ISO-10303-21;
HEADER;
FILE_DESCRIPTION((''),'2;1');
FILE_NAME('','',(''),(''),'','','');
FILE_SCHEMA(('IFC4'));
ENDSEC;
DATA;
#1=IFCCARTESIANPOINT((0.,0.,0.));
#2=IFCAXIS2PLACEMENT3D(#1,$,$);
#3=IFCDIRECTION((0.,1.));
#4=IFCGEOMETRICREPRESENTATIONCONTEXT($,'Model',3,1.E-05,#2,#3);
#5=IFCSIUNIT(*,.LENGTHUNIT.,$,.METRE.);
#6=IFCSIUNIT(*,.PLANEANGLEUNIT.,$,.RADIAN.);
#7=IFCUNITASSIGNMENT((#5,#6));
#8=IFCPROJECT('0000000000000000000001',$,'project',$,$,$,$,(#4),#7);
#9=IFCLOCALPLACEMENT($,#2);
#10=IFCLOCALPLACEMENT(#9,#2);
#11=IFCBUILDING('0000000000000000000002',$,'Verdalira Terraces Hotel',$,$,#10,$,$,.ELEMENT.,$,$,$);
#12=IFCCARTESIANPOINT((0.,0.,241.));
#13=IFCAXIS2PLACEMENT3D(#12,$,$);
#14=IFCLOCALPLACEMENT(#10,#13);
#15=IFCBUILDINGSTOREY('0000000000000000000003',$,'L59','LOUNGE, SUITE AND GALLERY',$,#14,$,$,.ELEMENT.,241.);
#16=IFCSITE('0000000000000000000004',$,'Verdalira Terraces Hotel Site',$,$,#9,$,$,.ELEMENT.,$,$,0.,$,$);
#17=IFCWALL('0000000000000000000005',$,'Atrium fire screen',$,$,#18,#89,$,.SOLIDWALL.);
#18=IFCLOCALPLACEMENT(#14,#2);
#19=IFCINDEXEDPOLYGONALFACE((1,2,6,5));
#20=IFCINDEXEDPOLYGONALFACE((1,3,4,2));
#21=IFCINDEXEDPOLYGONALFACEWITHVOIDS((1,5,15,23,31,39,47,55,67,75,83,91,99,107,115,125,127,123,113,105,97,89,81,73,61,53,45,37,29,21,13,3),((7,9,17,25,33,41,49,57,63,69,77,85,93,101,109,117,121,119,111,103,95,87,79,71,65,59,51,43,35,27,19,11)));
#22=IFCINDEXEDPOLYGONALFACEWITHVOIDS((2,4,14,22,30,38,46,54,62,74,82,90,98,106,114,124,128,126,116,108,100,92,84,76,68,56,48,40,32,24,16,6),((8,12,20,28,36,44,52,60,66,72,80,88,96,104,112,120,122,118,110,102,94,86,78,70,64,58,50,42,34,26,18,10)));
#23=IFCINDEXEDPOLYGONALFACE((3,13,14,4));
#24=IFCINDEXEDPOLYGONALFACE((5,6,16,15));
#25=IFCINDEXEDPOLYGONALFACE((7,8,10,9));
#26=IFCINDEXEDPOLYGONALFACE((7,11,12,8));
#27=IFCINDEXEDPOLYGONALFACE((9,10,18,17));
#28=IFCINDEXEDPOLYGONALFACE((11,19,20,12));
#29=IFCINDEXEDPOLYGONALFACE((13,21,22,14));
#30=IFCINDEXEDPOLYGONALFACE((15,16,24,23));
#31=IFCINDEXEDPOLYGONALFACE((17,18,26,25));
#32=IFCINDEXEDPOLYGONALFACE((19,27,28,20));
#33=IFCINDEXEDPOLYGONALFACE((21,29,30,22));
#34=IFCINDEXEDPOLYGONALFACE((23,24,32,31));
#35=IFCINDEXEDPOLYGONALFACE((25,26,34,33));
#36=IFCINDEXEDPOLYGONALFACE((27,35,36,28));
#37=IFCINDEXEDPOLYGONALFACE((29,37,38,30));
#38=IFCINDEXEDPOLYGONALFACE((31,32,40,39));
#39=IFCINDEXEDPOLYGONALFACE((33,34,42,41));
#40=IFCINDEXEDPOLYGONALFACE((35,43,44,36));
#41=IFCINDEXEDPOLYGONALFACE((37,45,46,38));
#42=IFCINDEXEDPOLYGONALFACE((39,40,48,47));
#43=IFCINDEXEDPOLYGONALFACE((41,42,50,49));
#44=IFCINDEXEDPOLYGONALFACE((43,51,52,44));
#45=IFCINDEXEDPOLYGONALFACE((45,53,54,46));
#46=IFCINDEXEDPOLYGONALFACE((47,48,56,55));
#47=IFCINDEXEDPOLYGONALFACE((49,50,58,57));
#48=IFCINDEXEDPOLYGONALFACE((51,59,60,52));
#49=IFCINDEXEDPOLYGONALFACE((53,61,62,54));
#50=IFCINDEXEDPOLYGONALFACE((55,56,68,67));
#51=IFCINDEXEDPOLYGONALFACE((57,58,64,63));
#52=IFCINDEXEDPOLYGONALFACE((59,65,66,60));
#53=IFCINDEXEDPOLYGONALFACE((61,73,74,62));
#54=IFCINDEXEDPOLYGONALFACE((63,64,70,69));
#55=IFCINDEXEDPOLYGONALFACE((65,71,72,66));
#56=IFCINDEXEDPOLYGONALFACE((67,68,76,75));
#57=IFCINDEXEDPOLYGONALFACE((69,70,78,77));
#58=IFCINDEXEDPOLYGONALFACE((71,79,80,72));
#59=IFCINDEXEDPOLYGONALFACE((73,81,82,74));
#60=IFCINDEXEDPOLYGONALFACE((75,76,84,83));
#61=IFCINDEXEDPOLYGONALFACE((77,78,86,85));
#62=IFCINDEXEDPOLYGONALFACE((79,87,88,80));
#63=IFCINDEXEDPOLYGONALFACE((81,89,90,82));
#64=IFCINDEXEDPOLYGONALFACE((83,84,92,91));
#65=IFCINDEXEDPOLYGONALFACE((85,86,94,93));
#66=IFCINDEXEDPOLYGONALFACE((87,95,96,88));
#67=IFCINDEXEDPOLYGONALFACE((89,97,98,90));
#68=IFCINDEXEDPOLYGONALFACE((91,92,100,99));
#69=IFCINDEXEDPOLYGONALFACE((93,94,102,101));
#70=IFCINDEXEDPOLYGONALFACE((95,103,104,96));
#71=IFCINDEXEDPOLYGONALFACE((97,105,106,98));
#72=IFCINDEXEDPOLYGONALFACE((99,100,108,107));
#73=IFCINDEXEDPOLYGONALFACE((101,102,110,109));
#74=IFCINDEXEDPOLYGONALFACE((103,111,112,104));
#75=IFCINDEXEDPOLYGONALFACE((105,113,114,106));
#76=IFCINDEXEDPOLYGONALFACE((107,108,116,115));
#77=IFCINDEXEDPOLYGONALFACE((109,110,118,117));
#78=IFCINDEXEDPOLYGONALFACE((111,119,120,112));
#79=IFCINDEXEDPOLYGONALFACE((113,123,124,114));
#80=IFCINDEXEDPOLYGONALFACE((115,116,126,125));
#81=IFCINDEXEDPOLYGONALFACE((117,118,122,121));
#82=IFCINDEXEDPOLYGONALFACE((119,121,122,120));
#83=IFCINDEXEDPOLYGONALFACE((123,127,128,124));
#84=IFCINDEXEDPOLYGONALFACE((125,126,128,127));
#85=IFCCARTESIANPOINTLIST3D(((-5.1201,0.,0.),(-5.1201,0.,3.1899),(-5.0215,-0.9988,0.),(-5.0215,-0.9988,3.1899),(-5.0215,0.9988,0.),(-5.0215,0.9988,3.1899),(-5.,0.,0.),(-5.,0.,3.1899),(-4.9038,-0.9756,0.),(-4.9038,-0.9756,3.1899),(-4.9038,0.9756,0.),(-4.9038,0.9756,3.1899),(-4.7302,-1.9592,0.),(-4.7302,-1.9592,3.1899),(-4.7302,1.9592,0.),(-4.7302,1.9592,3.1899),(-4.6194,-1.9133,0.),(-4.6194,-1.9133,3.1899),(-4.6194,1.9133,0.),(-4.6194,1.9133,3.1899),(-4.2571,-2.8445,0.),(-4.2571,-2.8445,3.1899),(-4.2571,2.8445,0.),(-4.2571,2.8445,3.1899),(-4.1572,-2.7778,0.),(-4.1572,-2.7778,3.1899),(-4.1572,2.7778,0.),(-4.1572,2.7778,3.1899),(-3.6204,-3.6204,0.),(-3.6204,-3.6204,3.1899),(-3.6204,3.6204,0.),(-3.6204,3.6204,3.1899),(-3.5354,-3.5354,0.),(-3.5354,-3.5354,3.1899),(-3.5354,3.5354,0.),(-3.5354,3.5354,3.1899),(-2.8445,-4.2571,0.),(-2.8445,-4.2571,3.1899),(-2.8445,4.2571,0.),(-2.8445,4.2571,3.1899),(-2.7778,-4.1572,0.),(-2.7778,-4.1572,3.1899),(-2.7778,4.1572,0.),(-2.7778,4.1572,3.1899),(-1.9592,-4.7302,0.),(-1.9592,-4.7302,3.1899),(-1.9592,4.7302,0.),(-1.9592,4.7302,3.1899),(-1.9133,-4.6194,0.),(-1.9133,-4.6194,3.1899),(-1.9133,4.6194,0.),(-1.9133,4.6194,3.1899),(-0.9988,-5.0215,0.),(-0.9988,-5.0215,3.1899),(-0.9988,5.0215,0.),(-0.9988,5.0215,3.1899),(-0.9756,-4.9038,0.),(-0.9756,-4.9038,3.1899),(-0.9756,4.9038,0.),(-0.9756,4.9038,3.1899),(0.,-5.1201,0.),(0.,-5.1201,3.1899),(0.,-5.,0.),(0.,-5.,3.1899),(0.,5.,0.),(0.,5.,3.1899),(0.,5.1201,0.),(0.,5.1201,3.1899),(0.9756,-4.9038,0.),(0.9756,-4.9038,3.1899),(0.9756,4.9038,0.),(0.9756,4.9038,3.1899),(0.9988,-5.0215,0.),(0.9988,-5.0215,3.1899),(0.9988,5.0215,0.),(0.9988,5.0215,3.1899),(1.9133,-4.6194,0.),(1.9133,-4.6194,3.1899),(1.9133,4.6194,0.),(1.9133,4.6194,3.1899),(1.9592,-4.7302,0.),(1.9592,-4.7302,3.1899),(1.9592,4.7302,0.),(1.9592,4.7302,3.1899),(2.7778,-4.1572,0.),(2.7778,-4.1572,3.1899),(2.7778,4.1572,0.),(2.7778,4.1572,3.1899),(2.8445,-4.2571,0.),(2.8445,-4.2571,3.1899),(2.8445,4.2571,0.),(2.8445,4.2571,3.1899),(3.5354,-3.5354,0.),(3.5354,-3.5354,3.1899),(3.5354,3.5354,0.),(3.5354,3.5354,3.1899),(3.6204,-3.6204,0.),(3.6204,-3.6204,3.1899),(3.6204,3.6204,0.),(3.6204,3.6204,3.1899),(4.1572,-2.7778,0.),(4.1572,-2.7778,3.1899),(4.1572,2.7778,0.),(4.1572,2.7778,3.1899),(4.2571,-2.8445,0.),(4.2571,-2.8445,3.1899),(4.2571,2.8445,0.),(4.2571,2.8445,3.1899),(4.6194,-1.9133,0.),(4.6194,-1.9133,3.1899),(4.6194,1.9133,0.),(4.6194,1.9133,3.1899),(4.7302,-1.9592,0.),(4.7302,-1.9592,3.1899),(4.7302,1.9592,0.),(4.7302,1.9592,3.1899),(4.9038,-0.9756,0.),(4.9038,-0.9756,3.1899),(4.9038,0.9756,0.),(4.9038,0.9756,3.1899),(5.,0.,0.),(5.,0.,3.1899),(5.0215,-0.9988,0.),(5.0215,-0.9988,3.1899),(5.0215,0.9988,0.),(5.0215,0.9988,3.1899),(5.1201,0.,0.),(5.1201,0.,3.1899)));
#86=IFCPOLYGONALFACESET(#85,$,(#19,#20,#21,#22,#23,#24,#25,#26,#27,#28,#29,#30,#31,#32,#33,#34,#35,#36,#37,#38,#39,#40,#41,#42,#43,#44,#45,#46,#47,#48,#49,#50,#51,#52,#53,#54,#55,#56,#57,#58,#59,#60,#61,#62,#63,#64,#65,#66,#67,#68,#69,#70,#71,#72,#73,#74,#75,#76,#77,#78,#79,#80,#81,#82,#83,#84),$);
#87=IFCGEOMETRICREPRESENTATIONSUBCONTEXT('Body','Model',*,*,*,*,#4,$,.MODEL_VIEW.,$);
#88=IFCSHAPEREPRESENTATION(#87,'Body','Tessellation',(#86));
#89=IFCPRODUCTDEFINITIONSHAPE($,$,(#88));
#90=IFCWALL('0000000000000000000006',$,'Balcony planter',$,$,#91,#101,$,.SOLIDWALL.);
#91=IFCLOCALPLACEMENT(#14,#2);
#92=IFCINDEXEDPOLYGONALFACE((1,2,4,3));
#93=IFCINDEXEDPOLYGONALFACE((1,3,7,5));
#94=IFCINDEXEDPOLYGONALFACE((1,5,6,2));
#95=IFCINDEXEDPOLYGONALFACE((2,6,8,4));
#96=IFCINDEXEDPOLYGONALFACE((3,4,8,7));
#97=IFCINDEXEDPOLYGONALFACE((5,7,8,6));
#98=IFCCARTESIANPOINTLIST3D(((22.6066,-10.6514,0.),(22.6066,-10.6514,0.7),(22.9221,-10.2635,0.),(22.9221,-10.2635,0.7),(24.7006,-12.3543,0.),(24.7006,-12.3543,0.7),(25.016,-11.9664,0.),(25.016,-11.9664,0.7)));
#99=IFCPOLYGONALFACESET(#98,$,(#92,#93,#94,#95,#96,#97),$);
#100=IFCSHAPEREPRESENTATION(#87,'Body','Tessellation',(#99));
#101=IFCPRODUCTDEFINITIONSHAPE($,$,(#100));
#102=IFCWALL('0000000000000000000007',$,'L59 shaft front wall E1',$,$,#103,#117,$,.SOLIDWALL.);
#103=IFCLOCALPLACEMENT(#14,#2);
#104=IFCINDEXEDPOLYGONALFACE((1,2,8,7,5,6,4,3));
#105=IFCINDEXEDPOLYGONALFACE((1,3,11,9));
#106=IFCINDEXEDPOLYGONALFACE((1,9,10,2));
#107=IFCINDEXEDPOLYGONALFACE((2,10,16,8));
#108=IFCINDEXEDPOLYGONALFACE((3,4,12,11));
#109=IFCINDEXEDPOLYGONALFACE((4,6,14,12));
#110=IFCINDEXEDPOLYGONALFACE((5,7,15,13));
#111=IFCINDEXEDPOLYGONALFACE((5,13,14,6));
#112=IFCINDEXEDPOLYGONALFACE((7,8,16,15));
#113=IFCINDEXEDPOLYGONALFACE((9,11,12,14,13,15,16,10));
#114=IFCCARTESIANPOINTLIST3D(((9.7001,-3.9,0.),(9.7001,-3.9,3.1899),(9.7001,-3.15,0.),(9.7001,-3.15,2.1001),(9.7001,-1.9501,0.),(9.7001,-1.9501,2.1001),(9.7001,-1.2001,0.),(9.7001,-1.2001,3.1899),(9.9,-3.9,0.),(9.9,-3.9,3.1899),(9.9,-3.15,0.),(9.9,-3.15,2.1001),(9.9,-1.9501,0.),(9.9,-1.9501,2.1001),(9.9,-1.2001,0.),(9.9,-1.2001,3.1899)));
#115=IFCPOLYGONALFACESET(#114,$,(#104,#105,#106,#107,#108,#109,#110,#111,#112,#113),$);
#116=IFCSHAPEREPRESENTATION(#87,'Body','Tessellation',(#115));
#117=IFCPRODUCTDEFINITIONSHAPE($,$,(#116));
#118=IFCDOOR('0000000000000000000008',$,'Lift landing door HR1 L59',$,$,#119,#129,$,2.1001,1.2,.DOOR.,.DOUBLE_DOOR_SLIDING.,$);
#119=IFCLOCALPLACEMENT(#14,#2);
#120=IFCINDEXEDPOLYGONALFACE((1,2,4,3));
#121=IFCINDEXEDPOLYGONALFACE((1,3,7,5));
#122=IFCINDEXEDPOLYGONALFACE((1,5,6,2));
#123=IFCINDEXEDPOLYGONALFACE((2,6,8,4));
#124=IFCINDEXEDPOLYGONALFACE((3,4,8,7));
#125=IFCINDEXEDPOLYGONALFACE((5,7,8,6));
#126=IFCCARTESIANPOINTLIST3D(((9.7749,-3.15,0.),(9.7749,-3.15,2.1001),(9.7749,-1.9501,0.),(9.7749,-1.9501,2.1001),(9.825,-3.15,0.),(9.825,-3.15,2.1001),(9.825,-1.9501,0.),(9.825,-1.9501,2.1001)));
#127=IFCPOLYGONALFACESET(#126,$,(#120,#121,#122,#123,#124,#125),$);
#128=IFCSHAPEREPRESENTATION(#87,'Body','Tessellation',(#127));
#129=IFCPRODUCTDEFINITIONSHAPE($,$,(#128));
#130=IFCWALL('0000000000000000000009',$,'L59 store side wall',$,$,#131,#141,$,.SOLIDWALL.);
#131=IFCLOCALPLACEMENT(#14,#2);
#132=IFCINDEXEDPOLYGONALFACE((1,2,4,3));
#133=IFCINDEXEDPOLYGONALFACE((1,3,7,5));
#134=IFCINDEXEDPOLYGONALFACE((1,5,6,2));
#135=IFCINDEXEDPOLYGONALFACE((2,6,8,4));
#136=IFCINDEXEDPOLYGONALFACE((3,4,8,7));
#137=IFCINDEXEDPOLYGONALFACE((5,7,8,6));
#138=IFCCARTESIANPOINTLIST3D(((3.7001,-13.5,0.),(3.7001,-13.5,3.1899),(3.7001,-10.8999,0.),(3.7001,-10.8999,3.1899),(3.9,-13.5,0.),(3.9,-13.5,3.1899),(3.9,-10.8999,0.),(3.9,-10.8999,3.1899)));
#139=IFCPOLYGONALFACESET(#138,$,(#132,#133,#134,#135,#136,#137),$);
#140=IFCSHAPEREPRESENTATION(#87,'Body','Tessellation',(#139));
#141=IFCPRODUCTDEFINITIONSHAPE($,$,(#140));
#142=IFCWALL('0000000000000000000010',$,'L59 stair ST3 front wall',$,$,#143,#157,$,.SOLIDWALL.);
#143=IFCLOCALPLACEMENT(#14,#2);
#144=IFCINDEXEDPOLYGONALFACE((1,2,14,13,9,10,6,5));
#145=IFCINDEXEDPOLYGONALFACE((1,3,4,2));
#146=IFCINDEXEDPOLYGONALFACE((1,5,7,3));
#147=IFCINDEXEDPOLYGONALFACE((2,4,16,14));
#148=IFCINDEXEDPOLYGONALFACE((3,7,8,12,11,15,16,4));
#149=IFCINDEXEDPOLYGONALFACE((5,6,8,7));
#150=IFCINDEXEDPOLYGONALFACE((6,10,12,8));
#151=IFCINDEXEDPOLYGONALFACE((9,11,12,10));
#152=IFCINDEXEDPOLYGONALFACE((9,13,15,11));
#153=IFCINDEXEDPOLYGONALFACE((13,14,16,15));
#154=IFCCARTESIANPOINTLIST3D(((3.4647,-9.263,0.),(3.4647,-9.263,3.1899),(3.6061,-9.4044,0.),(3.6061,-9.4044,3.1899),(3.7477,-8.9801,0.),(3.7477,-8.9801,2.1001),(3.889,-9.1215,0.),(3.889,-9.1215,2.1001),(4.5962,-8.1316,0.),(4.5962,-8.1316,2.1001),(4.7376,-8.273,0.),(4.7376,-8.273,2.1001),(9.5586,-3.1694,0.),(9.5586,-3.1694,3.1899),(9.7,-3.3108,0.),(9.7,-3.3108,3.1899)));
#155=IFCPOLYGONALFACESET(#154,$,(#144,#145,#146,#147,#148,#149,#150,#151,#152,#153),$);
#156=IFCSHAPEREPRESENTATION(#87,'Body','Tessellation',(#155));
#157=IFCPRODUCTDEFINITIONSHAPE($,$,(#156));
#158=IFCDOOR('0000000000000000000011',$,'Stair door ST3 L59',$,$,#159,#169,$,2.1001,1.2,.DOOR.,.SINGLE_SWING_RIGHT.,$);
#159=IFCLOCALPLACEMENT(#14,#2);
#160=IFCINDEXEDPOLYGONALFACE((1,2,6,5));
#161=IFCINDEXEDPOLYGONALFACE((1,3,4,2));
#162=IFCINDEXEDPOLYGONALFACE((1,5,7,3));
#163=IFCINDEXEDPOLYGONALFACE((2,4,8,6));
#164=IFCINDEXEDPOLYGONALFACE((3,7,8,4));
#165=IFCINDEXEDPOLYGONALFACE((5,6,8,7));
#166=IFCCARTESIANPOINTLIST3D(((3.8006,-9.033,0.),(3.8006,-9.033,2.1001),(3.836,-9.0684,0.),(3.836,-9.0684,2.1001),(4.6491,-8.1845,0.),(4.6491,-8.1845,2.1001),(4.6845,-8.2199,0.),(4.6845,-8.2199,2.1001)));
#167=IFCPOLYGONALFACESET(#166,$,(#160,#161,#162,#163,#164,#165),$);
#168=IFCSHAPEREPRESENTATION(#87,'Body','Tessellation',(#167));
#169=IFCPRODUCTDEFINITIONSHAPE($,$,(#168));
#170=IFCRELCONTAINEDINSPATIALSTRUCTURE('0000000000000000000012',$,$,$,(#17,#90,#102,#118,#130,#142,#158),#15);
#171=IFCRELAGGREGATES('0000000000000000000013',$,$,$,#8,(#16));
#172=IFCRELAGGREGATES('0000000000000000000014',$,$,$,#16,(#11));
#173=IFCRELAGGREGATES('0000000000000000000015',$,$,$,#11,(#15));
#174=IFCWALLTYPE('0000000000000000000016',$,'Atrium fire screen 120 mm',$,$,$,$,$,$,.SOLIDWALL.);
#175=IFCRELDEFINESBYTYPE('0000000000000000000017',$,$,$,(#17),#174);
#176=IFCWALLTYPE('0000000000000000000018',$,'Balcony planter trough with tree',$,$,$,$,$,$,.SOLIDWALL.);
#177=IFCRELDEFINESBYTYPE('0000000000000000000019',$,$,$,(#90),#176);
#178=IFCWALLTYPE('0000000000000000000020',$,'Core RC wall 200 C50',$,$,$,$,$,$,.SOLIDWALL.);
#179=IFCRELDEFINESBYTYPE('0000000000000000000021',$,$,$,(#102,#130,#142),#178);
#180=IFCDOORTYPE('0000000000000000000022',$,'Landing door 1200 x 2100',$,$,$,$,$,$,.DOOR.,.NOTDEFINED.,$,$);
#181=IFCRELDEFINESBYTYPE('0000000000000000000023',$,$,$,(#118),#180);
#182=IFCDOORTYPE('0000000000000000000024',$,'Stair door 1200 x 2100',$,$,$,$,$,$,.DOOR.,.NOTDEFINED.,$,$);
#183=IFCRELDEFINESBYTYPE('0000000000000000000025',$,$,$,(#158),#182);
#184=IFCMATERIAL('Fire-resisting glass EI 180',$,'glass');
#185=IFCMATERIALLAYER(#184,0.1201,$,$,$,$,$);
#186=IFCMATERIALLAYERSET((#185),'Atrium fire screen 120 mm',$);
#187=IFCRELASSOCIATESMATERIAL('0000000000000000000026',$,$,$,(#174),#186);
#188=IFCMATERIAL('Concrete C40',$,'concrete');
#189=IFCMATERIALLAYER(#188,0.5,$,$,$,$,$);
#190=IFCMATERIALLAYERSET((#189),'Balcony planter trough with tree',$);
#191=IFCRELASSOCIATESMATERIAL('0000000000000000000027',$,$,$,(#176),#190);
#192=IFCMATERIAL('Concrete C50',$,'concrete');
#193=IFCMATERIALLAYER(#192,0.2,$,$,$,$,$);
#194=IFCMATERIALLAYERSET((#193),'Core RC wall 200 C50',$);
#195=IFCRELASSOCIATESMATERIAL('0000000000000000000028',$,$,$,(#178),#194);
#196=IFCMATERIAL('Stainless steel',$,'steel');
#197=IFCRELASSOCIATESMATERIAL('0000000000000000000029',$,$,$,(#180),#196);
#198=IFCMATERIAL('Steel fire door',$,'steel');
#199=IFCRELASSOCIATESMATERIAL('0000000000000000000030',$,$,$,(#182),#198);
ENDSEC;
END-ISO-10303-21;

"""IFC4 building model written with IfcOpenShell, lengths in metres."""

from ifc_helpers import new_model, si_unit, direction, frame, frame_2d, origin, place, context, subcontext, project, spatial, polyline, rectangle, outline, extrude, material, layer, layer_set, type_object, element, fill, save


model = new_model("IFC4")

# Units and contexts
model_context = context("Model", 3, precision=1e-05, world=origin(), true_north=direction((0.0, 1.0)))
body_context = subcontext(model_context, "Body", "Model", "MODEL_VIEW")
ifc_project = project(units=[si_unit("LENGTHUNIT", "METRE"), si_unit("PLANEANGLEUNIT", "RADIAN")], contexts=[model_context])

# Site, building, storey
site_placement = place(None, origin())
site = spatial("IfcSite", under=ifc_project, at=site_placement, Name="Verdalira Terraces Hotel Site", CompositionType="ELEMENT", RefElevation=0.0)
building_placement = place(site_placement, origin())
building = spatial("IfcBuilding", under=site, at=building_placement, Name="Verdalira Terraces Hotel", CompositionType="ELEMENT")
storey_placement = place(building_placement, frame((0.0, 0.0, 241.0)))
storey = spatial("IfcBuildingStorey", under=building, at=storey_placement, Name="L59", Description="LOUNGE, SUITE AND GALLERY", CompositionType="ELEMENT", Elevation=241.0)

# Walls
ifc_material_1 = material(Name="Fire-resisting glass EI 180", Category="glass")
ifc_layer_1 = layer(ifc_material_1, 0.1201)
ifc_layer_set_1 = layer_set([ifc_layer_1], Name="Atrium fire screen 120 mm")
wall_type_1 = type_object("IfcWallType", Name="Atrium fire screen 120 mm", PredefinedType="SOLIDWALL", material=ifc_layer_set_1)
wall_1_placement = place(storey_placement, origin())
element("IfcWall", 1, at=wall_1_placement, inside=storey, type_object=wall_type_1, Name="Atrium fire screen", PredefinedType="SOLIDWALL", context=body_context, shape_type="SweptSolid", body=[
    extrude(outline(polyline([(5.0215, -0.9988), (4.7302, -1.9592), (4.2571, -2.8445), (3.6204, -3.6204), (2.8445, -4.2571), (1.9592, -4.7302), (0.9988, -5.0215), (0.0, -5.1201), (-0.9988, -5.0215), (-1.9592, -4.7302), (-2.8445, -4.2571), (-3.6204, -3.6204), (-4.2571, -2.8445), (-4.7302, -1.9592), (-5.0215, -0.9988), (-5.1201, 0.0), (-5.0215, 0.9988), (-4.7302, 1.9592), (-4.2571, 2.8445), (-3.6204, 3.6204), (-2.8445, 4.2571), (-1.9592, 4.7302), (-0.9988, 5.0215), (0.0, 5.1201), (0.9988, 5.0215), (1.9592, 4.7302), (2.8445, 4.2571), (3.6204, 3.6204), (4.2571, 2.8445), (4.7302, 1.9592), (5.0215, 0.9988), (5.1201, 0.0), (5.0215, -0.9988)]), holes=[polyline([(4.9038, 0.9756), (4.6194, 1.9133), (4.1572, 2.7778), (3.5354, 3.5354), (2.7778, 4.1572), (1.9133, 4.6194), (0.9756, 4.9038), (0.0, 5.0), (-0.9756, 4.9038), (-1.9133, 4.6194), (-2.7778, 4.1572), (-3.5354, 3.5354), (-4.1572, 2.7778), (-4.6194, 1.9133), (-4.9038, 0.9756), (-5.0, 0.0), (-4.9038, -0.9756), (-4.6194, -1.9133), (-4.1572, -2.7778), (-3.5354, -3.5354), (-2.7778, -4.1572), (-1.9133, -4.6194), (-0.9756, -4.9038), (0.0, -5.0), (0.9756, -4.9038), (1.9133, -4.6194), (2.7778, -4.1572), (3.5354, -3.5354), (4.1572, -2.7778), (4.6194, -1.9133), (4.9038, -0.9756), (5.0, 0.0), (4.9038, 0.9756)])]), origin(), (0.0, 0.0, 1.0), 3.1899),
])
ifc_material_2 = material(Name="Concrete C40", Category="concrete")
ifc_layer_2 = layer(ifc_material_2, 0.5)
ifc_layer_set_2 = layer_set([ifc_layer_2], Name="Balcony planter trough with tree")
wall_type_2 = type_object("IfcWallType", Name="Balcony planter trough with tree", PredefinedType="SOLIDWALL", material=ifc_layer_set_2)
wall_2_placement = place(storey_placement, frame((24.8584, -12.1604, 0.0), z_axis=(0.0, 0.0, 1.0), x_axis=(-0.77584, 0.63093, 0.0)))
element("IfcWall", 2, at=wall_2_placement, inside=storey, type_object=wall_type_2, Name="Balcony planter", PredefinedType="SOLIDWALL", context=body_context, shape_type="SweptSolid", body=[
    extrude(rectangle(XDim=2.699, YDim=0.5, at=frame_2d((1.3496, 0.0))), origin(), (0.0, 0.0, 1.0), 0.7),
])

# Wall, opening, door
ifc_material_3 = material(Name="Concrete C50", Category="concrete")
ifc_layer_3 = layer(ifc_material_3, 0.2)
ifc_layer_set_3 = layer_set([ifc_layer_3], Name="Core RC wall 200 C50")
wall_type_3 = type_object("IfcWallType", Name="Core RC wall 200 C50", PredefinedType="SOLIDWALL", material=ifc_layer_set_3)
wall_3_placement = place(storey_placement, frame((9.8, -1.2, 0.0), z_axis=(0.0, 0.0, 1.0), x_axis=(0.0, -1.0, 0.0)))
wall_3 = element("IfcWall", 3, at=wall_3_placement, inside=storey, type_object=wall_type_3, Name="L59 shaft front wall E1", PredefinedType="SOLIDWALL", context=body_context, shape_type="SweptSolid", body=[
    extrude(rectangle(XDim=2.7, YDim=0.2, at=frame_2d((1.3501, 0.0))), origin(), (0.0, 0.0, 1.0), 3.1899),
])
opening_1_placement = place(wall_3_placement, frame((0.75, 0.0, 0.0)))
opening_1 = element("IfcOpeningElement", 4, at=opening_1_placement, cuts=wall_3, PredefinedType="OPENING", context=body_context, shape_type="SweptSolid", body=[
    extrude(rectangle(XDim=1.2, YDim=2.1001, at=frame_2d((0.6001, 1.05))), frame((0.0, 0.1099, 0.0), z_axis=(0.0, -1.0, 0.0), x_axis=(1.0, 0.0, 0.0)), (0.0, 0.0, 1.0), 0.22),
])
ifc_material_4 = material(Name="Stainless steel", Category="steel")
door_type_1 = type_object("IfcDoorType", Name="Landing door 1200 x 2100", OperationType="NOTDEFINED", PredefinedType="DOOR", material=ifc_material_4)
door_1_placement = place(opening_1_placement, origin())
door_1 = element("IfcDoor", 5, at=door_1_placement, inside=storey, type_object=door_type_1, Name="Lift landing door HR1 L59", OperationType="DOUBLE_DOOR_SLIDING", OverallHeight=2.1001, OverallWidth=1.2, PredefinedType="DOOR", context=body_context, shape_type="SweptSolid", body=[
    extrude(rectangle(XDim=1.2, YDim=2.1001, at=frame_2d((0.6001, 1.05))), frame((0.0, 0.0249, 0.0), z_axis=(0.0, -1.0, 0.0), x_axis=(1.0, 0.0, 0.0)), (0.0, 0.0, 1.0), 0.05),
])
fill(opening_1, door_1)

# Wall
wall_4_placement = place(storey_placement, frame((3.8, -10.8999, 0.0), z_axis=(0.0, 0.0, 1.0), x_axis=(0.0, -1.0, 0.0)))
element("IfcWall", 6, at=wall_4_placement, inside=storey, type_object=wall_type_3, Name="L59 store side wall", PredefinedType="SOLIDWALL", context=body_context, shape_type="SweptSolid", body=[
    extrude(rectangle(XDim=2.6001, YDim=0.2, at=frame_2d((1.3, 0.0))), origin(), (0.0, 0.0, 1.0), 3.1899),
])

# Wall, opening, door
wall_5_placement = place(storey_placement, frame((9.6294, -3.24, 0.0), z_axis=(0.0, 0.0, 1.0), x_axis=(-0.707121, -0.707093, 0.0)))
wall_5 = element("IfcWall", 7, at=wall_5_placement, inside=storey, type_object=wall_type_3, Name="L59 stair ST3 front wall", PredefinedType="SOLIDWALL", context=body_context, shape_type="SweptSolid", body=[
    extrude(rectangle(XDim=8.6179, YDim=0.2, at=frame_2d((4.3091, 0.0))), origin(), (0.0, 0.0, 1.0), 3.1899),
])
opening_2_placement = place(wall_5_placement, frame((7.0178, 0.0, 0.0)))
opening_2 = element("IfcOpeningElement", 8, at=opening_2_placement, cuts=wall_5, PredefinedType="OPENING", context=body_context, shape_type="SweptSolid", body=[
    extrude(rectangle(XDim=1.2, YDim=2.1001, at=frame_2d((0.6001, 1.05))), frame((0.0, 0.1099, 0.0), z_axis=(0.0, -1.0, 0.0), x_axis=(1.0, 0.0, 0.0)), (0.0, 0.0, 1.0), 0.22),
])
ifc_material_5 = material(Name="Steel fire door", Category="steel")
door_type_2 = type_object("IfcDoorType", Name="Stair door 1200 x 2100", OperationType="NOTDEFINED", PredefinedType="DOOR", material=ifc_material_5)
door_2_placement = place(opening_2_placement, origin())
door_2 = element("IfcDoor", 9, at=door_2_placement, inside=storey, type_object=door_type_2, Name="Stair door ST3 L59", OperationType="SINGLE_SWING_RIGHT", OverallHeight=2.1001, OverallWidth=1.2, PredefinedType="DOOR", context=body_context, shape_type="SweptSolid", body=[
    extrude(rectangle(XDim=1.2, YDim=2.1001, at=frame_2d((0.6001, 1.05))), frame((0.0, 0.0249, 0.0), z_axis=(0.0, -1.0, 0.0), x_axis=(1.0, 0.0, 0.0)), (0.0, 0.0, 1.0), 0.05),
])
fill(opening_2, door_2)

save(model, "model.ifc")
